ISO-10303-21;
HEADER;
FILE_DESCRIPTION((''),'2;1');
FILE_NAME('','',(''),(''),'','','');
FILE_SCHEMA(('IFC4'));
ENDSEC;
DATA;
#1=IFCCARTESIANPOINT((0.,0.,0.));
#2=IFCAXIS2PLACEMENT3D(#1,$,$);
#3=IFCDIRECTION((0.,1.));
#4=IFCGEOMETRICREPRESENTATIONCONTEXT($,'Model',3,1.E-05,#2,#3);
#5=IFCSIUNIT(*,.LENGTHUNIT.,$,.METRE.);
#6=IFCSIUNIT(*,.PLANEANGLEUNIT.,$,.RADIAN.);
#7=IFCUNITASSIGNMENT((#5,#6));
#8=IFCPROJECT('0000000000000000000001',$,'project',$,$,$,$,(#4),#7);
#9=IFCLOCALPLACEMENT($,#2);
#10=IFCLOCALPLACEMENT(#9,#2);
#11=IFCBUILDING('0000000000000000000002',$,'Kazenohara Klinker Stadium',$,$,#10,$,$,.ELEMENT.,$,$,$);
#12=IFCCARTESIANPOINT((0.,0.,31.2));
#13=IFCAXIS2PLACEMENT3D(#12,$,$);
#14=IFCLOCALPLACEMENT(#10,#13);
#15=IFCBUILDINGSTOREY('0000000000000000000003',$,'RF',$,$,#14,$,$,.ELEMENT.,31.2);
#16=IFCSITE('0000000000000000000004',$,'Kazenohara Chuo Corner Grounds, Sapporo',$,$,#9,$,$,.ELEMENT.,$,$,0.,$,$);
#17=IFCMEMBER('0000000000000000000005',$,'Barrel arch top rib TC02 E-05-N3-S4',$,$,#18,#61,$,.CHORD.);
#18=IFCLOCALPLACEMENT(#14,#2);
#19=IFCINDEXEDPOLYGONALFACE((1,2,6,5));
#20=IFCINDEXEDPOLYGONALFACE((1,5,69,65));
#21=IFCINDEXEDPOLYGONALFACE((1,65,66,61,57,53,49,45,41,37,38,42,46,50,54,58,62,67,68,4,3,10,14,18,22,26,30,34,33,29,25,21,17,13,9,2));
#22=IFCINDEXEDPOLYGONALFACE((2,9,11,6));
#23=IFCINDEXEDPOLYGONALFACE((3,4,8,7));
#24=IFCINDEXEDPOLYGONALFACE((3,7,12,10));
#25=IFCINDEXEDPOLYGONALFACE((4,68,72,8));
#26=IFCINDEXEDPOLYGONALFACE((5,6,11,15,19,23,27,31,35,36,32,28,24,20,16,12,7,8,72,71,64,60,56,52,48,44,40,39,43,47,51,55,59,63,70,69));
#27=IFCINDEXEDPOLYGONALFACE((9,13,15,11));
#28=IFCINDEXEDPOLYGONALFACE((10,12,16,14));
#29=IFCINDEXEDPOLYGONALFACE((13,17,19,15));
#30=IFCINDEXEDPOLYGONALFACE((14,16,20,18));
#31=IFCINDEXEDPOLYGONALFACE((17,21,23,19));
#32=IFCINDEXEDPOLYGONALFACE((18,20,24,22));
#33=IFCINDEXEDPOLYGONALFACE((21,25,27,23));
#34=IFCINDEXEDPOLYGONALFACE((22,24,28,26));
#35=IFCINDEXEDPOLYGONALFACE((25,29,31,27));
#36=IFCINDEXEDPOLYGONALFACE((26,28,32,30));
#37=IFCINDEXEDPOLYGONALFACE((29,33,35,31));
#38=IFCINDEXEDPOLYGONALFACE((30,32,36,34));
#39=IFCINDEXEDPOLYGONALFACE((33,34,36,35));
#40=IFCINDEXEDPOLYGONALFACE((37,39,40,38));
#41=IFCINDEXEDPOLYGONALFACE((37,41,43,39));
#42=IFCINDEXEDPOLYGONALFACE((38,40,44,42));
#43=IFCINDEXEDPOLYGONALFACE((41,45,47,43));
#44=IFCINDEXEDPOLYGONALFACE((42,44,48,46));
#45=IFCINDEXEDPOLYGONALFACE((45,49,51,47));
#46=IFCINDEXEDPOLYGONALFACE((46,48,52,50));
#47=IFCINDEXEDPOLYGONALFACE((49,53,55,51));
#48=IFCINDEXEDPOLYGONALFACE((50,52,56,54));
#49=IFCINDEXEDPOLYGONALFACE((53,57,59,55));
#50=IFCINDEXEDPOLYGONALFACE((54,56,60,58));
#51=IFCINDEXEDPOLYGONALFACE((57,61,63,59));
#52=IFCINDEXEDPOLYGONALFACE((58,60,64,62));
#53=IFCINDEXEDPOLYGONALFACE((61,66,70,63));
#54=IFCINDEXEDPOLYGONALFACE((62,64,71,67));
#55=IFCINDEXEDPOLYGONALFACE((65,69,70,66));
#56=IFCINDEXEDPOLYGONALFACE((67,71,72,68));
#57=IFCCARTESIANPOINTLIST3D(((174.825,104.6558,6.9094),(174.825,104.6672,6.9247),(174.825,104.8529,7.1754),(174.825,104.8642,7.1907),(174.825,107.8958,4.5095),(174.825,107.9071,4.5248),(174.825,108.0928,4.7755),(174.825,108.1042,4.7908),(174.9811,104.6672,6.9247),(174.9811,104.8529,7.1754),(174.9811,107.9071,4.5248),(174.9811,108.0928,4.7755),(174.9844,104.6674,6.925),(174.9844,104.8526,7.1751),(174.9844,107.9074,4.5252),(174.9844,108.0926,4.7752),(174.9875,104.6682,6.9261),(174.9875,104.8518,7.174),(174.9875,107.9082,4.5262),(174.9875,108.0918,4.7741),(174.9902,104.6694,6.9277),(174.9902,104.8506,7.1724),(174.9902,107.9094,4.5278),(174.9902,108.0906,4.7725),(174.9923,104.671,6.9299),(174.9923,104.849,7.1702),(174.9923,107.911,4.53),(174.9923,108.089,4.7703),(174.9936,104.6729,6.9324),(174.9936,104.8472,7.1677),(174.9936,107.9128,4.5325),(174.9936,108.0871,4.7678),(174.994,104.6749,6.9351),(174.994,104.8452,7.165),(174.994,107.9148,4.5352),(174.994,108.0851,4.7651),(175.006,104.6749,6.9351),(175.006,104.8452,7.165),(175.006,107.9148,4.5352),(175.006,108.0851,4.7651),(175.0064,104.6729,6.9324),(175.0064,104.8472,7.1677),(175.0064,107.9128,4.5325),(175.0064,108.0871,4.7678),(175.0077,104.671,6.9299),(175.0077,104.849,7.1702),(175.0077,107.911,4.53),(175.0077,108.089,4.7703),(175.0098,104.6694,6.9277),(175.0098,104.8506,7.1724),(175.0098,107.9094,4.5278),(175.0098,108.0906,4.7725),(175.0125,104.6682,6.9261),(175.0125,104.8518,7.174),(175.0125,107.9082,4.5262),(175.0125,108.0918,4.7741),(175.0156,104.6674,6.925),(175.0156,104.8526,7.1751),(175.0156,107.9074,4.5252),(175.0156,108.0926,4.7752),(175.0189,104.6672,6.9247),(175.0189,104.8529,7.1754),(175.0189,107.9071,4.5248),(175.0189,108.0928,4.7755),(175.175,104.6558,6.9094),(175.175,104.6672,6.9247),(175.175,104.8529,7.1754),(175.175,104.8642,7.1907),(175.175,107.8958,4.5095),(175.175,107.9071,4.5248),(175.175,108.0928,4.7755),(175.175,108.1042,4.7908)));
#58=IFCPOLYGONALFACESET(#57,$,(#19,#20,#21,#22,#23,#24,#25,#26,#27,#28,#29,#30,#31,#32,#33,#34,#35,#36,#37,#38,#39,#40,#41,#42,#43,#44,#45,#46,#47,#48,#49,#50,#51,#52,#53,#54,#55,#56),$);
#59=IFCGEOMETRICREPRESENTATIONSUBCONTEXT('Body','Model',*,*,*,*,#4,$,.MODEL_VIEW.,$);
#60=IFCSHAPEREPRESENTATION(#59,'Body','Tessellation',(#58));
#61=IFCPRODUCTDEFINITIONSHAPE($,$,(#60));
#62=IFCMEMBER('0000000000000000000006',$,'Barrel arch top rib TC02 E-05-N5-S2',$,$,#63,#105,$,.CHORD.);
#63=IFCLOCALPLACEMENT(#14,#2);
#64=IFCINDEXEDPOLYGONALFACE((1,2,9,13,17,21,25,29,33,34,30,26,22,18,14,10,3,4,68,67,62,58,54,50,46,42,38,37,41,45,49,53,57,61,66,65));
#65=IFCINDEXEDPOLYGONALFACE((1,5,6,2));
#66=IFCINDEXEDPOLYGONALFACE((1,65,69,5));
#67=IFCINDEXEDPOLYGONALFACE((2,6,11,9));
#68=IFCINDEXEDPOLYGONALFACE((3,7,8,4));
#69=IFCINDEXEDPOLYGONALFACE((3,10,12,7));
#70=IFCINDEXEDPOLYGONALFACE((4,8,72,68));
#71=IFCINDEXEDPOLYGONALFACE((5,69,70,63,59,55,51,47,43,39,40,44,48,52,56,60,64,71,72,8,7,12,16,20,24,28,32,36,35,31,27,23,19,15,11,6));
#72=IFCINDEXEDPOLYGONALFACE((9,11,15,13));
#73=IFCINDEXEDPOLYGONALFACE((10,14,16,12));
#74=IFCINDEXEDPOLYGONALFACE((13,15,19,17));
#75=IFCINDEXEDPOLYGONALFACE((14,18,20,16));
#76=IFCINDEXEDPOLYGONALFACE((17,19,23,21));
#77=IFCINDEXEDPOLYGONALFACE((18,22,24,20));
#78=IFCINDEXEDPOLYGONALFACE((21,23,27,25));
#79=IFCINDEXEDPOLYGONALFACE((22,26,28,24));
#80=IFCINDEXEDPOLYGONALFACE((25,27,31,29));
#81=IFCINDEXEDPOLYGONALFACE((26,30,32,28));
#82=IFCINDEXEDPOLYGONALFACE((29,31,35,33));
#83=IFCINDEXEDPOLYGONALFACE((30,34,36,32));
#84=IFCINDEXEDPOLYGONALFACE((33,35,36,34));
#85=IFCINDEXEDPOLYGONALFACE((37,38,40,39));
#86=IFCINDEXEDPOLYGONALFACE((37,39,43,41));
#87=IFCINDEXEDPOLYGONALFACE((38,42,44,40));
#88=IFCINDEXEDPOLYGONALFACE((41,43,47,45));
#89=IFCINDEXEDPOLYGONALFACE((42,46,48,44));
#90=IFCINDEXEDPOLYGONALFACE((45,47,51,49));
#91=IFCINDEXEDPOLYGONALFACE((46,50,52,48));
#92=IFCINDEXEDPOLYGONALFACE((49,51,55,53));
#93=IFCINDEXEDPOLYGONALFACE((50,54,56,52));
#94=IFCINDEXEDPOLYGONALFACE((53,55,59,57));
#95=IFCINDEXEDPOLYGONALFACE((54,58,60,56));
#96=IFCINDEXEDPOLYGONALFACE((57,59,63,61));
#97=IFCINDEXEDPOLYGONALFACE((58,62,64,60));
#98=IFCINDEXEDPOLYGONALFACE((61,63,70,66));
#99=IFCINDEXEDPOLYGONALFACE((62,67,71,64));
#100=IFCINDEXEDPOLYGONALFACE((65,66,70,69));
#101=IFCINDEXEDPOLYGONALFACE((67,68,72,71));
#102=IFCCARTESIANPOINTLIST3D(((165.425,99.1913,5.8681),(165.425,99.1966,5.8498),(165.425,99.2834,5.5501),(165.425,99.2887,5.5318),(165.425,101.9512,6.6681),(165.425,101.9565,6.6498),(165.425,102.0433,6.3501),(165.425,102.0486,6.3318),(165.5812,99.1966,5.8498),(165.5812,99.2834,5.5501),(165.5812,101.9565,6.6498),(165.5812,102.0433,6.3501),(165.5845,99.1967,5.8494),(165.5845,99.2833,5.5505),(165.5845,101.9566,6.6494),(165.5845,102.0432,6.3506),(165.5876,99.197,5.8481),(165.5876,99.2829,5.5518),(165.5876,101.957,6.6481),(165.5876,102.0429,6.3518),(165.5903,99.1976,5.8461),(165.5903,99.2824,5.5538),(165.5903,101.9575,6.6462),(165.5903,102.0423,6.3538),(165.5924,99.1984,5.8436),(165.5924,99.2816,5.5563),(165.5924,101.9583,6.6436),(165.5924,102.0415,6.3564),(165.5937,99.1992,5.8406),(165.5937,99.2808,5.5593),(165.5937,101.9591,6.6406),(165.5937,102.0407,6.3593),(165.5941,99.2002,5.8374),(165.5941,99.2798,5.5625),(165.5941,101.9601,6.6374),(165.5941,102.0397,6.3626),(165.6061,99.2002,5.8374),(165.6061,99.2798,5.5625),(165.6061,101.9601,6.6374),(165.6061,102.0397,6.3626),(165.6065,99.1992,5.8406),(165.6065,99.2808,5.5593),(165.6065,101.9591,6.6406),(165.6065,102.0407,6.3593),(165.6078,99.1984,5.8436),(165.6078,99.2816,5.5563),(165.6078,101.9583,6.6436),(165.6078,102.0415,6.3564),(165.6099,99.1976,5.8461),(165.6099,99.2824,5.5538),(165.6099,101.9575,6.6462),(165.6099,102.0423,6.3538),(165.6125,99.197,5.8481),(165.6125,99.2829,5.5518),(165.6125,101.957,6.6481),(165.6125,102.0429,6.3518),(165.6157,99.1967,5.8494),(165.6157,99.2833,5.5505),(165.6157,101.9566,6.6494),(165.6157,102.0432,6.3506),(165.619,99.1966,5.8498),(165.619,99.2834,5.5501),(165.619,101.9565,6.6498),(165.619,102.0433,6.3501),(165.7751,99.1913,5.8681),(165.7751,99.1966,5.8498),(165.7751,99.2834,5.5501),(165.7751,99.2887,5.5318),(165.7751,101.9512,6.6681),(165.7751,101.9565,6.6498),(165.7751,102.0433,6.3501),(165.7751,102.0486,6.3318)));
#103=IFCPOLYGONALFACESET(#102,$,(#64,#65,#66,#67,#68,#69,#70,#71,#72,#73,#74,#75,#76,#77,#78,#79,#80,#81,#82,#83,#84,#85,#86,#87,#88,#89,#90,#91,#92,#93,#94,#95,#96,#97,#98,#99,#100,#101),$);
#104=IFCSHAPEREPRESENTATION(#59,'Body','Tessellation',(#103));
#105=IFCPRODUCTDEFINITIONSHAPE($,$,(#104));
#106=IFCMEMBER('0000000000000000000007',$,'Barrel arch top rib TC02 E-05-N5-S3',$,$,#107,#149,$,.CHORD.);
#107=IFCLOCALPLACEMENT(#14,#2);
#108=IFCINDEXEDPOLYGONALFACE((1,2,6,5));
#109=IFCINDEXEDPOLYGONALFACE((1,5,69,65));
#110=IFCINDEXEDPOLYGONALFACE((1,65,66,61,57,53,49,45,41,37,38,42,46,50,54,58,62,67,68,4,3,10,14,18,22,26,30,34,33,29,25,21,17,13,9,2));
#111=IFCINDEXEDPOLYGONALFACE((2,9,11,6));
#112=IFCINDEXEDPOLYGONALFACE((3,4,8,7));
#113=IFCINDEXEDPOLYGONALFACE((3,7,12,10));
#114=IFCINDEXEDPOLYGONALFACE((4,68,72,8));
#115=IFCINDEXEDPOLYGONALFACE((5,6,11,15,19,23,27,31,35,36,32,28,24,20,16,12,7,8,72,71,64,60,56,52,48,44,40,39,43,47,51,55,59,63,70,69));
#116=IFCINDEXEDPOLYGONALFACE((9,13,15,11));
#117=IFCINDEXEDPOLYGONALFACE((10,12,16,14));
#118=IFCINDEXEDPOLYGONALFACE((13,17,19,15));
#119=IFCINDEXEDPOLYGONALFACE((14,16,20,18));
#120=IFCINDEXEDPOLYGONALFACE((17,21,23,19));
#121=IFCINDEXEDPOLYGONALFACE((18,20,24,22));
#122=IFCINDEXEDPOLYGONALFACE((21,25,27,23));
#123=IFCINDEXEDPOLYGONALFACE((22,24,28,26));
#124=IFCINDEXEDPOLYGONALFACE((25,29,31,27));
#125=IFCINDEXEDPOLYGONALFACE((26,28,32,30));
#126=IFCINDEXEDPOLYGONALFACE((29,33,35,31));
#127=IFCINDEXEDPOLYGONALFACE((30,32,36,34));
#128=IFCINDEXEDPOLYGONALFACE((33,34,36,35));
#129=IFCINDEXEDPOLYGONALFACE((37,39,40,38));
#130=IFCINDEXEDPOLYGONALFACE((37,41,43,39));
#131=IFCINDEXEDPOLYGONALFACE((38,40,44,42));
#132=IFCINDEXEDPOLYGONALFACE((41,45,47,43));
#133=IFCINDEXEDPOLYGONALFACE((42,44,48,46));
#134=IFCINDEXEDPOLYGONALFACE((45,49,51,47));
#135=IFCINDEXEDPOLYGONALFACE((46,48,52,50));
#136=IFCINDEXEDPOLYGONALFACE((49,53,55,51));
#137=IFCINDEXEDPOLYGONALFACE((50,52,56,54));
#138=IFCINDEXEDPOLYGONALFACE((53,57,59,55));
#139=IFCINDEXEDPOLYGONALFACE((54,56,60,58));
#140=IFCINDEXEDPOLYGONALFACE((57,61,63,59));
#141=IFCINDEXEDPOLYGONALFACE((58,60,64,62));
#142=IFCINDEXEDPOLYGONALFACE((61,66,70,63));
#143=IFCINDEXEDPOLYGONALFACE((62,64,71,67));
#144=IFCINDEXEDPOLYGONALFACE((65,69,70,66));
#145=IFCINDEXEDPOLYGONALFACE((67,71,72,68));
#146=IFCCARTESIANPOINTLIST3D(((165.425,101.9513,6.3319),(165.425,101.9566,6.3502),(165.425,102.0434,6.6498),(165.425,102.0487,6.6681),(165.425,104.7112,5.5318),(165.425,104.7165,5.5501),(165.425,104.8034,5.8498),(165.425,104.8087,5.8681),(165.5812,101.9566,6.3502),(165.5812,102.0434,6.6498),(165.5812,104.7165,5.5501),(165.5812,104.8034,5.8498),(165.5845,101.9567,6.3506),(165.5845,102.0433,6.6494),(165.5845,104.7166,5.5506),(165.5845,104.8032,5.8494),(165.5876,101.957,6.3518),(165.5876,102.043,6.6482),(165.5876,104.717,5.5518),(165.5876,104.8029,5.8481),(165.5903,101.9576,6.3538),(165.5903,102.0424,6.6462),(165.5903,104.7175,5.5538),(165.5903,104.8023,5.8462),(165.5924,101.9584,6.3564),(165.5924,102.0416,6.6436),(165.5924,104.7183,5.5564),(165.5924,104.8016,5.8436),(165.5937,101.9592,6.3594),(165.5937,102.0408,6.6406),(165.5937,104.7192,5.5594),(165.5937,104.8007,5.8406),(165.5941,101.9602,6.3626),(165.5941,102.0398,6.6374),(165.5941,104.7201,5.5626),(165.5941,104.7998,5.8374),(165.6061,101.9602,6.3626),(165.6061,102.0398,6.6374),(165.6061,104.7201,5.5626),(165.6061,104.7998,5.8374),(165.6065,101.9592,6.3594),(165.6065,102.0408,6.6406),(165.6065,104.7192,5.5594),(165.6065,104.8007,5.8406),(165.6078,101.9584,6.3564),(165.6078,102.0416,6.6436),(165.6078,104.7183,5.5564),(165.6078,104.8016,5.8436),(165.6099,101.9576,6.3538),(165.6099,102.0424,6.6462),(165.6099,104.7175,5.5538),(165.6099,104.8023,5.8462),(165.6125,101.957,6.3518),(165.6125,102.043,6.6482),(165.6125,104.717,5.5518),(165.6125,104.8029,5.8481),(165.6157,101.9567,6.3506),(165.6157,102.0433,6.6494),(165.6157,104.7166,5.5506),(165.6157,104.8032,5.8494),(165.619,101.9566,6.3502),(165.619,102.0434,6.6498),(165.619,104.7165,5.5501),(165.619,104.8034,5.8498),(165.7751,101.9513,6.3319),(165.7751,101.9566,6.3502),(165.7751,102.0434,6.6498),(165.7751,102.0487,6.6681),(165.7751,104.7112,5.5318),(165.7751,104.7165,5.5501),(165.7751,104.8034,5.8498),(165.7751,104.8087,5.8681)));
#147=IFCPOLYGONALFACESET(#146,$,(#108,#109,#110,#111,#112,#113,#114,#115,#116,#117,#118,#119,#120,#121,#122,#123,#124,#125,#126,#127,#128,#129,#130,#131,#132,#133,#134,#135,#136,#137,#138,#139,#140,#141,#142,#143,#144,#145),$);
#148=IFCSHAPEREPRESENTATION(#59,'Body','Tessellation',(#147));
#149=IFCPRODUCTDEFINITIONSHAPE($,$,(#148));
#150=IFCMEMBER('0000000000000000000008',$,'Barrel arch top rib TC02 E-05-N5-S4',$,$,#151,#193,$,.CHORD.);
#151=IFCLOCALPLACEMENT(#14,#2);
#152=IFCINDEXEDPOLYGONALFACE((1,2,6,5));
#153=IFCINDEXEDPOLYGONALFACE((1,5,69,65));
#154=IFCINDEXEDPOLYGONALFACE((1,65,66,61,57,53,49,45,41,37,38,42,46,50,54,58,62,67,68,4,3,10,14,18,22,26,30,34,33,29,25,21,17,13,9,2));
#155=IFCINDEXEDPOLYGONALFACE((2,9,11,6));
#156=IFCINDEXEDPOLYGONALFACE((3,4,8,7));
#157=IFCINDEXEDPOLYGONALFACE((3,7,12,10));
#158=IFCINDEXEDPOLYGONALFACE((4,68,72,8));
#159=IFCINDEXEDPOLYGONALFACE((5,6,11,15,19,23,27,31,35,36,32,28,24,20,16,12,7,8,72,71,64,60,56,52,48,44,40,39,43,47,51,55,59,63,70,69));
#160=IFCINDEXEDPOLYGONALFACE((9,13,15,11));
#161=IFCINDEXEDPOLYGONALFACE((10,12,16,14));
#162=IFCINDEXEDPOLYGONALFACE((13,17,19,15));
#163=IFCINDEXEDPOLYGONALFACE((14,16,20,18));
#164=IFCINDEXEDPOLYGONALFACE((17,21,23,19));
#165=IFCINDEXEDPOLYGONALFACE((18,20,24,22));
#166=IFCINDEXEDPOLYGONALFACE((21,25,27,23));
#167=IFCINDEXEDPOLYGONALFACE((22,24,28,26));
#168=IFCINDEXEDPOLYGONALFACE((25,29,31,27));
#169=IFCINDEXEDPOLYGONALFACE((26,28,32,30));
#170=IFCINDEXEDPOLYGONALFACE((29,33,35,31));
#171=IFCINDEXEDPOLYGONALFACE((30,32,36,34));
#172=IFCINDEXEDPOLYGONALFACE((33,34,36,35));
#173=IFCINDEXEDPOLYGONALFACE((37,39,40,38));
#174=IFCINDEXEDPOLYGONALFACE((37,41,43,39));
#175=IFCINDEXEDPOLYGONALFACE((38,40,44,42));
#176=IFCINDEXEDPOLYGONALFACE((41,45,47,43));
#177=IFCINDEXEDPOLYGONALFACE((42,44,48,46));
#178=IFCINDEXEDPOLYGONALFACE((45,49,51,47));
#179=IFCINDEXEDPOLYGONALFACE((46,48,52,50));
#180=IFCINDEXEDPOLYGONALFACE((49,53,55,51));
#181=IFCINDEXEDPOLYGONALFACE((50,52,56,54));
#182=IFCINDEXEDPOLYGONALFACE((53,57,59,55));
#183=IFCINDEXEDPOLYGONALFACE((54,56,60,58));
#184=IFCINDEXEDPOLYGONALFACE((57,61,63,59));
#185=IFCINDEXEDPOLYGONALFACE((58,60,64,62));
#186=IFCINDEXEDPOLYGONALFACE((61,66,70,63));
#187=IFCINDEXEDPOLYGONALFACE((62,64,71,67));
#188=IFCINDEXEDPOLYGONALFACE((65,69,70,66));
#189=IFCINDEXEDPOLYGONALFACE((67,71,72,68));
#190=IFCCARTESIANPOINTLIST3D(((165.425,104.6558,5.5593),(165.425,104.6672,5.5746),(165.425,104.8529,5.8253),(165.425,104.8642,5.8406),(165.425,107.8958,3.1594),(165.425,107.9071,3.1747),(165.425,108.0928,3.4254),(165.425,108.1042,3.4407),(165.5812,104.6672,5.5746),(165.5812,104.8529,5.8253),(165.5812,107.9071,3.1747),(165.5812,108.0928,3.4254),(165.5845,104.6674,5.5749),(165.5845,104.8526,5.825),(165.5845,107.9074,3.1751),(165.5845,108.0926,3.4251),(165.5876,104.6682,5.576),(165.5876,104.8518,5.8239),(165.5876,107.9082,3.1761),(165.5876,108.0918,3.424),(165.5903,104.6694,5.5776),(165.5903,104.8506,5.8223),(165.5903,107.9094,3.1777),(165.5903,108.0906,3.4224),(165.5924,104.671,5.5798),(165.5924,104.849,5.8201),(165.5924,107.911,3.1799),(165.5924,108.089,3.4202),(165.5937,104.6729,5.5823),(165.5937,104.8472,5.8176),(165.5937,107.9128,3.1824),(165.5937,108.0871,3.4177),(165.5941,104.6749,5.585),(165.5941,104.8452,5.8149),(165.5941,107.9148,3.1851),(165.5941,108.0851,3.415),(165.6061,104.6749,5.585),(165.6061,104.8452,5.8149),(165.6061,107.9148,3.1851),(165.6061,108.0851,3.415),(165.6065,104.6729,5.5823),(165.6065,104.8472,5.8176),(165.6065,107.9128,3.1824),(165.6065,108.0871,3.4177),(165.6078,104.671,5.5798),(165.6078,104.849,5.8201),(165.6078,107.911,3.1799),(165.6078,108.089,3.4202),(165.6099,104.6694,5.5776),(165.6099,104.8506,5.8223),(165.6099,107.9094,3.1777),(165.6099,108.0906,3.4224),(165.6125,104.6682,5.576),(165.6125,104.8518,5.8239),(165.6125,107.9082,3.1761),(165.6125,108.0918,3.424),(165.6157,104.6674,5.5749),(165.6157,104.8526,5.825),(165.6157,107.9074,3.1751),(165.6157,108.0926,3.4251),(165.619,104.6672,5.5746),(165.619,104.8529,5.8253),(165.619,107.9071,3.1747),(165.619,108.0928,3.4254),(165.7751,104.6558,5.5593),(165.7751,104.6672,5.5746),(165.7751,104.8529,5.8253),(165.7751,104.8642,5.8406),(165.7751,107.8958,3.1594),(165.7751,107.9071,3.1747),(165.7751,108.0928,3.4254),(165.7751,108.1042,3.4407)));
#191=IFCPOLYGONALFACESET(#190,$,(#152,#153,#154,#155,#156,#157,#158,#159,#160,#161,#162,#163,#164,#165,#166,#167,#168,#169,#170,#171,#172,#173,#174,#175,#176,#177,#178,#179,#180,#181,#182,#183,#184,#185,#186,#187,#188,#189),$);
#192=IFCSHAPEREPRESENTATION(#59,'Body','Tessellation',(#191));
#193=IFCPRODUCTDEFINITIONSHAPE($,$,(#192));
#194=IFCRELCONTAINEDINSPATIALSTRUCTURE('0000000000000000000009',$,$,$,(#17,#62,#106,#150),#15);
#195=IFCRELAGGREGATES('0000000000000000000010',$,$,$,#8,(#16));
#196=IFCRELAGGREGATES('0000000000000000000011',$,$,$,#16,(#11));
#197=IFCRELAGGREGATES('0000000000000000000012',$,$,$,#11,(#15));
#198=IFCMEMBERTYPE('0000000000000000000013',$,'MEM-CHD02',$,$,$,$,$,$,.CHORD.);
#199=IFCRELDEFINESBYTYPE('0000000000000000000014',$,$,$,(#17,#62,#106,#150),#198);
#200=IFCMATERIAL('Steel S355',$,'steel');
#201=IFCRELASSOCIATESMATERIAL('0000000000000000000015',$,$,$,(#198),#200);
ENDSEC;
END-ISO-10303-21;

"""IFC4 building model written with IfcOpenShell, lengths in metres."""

from ifc_helpers import new_model, si_unit, direction, frame, origin, origin_2d, place, context, subcontext, project, spatial, i_section, extrude, material, material_profile, profile_set, type_object, element, save


model = new_model("IFC4")

# Units and contexts
model_context = context("Model", 3, precision=1e-05, world=origin(), true_north=direction((0.0, 1.0)))
body_context = subcontext(model_context, "Body", "Model", "MODEL_VIEW")
ifc_project = project(units=[si_unit("LENGTHUNIT", "METRE"), si_unit("PLANEANGLEUNIT", "RADIAN")], contexts=[model_context])

# Site, building, storey
site_placement = place(None, origin())
site = spatial("IfcSite", under=ifc_project, at=site_placement, Name="Kazenohara Chuo Corner Grounds, Sapporo", CompositionType="ELEMENT", RefElevation=0.0)
building_placement = place(site_placement, origin())
building = spatial("IfcBuilding", under=site, at=building_placement, Name="Kazenohara Klinker Stadium", CompositionType="ELEMENT")
storey_placement = place(building_placement, frame((0.0, 0.0, 31.2)))
storey = spatial("IfcBuildingStorey", under=building, at=storey_placement, Name="RF", CompositionType="ELEMENT", Elevation=31.2)

# Members
ifc_material_1 = material(Name="Steel S355", Category="steel")
ifc_material_profile_1 = material_profile(ifc_material_1, i_section(OverallWidth=0.3501, OverallDepth=0.3501, WebThickness=0.012, FlangeThickness=0.019, FilletRadius=0.0129, at=origin_2d()), Name="H-350x350x12x19")
ifc_profile_set_1 = profile_set([ifc_material_profile_1], Name="Steel S355")
member_type_1 = type_object("IfcMemberType", Name="MEM-CHD02", PredefinedType="CHORD", material=ifc_profile_set_1)
member_1_placement = place(storey_placement, frame((175.0, 104.76, 7.05), z_axis=(0.0, 0.803568, -0.595213), x_axis=(-1.0, 0.0, 0.0)))
element("IfcMember", 1, at=member_1_placement, inside=storey, type_object=member_type_1, Name="Barrel arch top rib TC02 E-05-N3-S4", PredefinedType="CHORD", context=body_context, shape_type="SweptSolid", body=[
    extrude(i_section(OverallWidth=0.3501, OverallDepth=0.3501, WebThickness=0.012, FlangeThickness=0.019, FilletRadius=0.0129, at=origin_2d()), origin(), (0.0, 0.0, 1.0), 4.032),
])
for number, where, z_axis, x_axis, name in (
    (2, (165.6001, 99.24, 5.7), (0.0, 0.960462, 0.278411), (-1.0, 0.0, 0.0), "Barrel arch top rib TC02 E-05-N5-S2"),
    (3, (165.6001, 102.0, 6.5), (0.0, 0.960462, -0.278411), (-1.0, 0.0, 0.0), "Barrel arch top rib TC02 E-05-N5-S3"),
):
    element("IfcMember", number, at=place(storey_placement, frame(where, z_axis=z_axis, x_axis=x_axis)), inside=storey, type_object=member_type_1, Name=name, PredefinedType="CHORD", context=body_context, shape_type="SweptSolid", body=[
        extrude(i_section(OverallWidth=0.3501, OverallDepth=0.3501, WebThickness=0.012, FlangeThickness=0.019, FilletRadius=0.0129, at=origin_2d()), origin(), (0.0, 0.0, 1.0), 2.8735),
    ])
member_2_placement = place(storey_placement, frame((165.6001, 104.76, 5.7), z_axis=(0.0, 0.803568, -0.595213), x_axis=(-1.0, 0.0, 0.0)))
element("IfcMember", 4, at=member_2_placement, inside=storey, type_object=member_type_1, Name="Barrel arch top rib TC02 E-05-N5-S4", PredefinedType="CHORD", context=body_context, shape_type="SweptSolid", body=[
    extrude(i_section(OverallWidth=0.3501, OverallDepth=0.3501, WebThickness=0.012, FlangeThickness=0.019, FilletRadius=0.0129, at=origin_2d()), origin(), (0.0, 0.0, 1.0), 4.032),
])

save(model, "model.ifc")
